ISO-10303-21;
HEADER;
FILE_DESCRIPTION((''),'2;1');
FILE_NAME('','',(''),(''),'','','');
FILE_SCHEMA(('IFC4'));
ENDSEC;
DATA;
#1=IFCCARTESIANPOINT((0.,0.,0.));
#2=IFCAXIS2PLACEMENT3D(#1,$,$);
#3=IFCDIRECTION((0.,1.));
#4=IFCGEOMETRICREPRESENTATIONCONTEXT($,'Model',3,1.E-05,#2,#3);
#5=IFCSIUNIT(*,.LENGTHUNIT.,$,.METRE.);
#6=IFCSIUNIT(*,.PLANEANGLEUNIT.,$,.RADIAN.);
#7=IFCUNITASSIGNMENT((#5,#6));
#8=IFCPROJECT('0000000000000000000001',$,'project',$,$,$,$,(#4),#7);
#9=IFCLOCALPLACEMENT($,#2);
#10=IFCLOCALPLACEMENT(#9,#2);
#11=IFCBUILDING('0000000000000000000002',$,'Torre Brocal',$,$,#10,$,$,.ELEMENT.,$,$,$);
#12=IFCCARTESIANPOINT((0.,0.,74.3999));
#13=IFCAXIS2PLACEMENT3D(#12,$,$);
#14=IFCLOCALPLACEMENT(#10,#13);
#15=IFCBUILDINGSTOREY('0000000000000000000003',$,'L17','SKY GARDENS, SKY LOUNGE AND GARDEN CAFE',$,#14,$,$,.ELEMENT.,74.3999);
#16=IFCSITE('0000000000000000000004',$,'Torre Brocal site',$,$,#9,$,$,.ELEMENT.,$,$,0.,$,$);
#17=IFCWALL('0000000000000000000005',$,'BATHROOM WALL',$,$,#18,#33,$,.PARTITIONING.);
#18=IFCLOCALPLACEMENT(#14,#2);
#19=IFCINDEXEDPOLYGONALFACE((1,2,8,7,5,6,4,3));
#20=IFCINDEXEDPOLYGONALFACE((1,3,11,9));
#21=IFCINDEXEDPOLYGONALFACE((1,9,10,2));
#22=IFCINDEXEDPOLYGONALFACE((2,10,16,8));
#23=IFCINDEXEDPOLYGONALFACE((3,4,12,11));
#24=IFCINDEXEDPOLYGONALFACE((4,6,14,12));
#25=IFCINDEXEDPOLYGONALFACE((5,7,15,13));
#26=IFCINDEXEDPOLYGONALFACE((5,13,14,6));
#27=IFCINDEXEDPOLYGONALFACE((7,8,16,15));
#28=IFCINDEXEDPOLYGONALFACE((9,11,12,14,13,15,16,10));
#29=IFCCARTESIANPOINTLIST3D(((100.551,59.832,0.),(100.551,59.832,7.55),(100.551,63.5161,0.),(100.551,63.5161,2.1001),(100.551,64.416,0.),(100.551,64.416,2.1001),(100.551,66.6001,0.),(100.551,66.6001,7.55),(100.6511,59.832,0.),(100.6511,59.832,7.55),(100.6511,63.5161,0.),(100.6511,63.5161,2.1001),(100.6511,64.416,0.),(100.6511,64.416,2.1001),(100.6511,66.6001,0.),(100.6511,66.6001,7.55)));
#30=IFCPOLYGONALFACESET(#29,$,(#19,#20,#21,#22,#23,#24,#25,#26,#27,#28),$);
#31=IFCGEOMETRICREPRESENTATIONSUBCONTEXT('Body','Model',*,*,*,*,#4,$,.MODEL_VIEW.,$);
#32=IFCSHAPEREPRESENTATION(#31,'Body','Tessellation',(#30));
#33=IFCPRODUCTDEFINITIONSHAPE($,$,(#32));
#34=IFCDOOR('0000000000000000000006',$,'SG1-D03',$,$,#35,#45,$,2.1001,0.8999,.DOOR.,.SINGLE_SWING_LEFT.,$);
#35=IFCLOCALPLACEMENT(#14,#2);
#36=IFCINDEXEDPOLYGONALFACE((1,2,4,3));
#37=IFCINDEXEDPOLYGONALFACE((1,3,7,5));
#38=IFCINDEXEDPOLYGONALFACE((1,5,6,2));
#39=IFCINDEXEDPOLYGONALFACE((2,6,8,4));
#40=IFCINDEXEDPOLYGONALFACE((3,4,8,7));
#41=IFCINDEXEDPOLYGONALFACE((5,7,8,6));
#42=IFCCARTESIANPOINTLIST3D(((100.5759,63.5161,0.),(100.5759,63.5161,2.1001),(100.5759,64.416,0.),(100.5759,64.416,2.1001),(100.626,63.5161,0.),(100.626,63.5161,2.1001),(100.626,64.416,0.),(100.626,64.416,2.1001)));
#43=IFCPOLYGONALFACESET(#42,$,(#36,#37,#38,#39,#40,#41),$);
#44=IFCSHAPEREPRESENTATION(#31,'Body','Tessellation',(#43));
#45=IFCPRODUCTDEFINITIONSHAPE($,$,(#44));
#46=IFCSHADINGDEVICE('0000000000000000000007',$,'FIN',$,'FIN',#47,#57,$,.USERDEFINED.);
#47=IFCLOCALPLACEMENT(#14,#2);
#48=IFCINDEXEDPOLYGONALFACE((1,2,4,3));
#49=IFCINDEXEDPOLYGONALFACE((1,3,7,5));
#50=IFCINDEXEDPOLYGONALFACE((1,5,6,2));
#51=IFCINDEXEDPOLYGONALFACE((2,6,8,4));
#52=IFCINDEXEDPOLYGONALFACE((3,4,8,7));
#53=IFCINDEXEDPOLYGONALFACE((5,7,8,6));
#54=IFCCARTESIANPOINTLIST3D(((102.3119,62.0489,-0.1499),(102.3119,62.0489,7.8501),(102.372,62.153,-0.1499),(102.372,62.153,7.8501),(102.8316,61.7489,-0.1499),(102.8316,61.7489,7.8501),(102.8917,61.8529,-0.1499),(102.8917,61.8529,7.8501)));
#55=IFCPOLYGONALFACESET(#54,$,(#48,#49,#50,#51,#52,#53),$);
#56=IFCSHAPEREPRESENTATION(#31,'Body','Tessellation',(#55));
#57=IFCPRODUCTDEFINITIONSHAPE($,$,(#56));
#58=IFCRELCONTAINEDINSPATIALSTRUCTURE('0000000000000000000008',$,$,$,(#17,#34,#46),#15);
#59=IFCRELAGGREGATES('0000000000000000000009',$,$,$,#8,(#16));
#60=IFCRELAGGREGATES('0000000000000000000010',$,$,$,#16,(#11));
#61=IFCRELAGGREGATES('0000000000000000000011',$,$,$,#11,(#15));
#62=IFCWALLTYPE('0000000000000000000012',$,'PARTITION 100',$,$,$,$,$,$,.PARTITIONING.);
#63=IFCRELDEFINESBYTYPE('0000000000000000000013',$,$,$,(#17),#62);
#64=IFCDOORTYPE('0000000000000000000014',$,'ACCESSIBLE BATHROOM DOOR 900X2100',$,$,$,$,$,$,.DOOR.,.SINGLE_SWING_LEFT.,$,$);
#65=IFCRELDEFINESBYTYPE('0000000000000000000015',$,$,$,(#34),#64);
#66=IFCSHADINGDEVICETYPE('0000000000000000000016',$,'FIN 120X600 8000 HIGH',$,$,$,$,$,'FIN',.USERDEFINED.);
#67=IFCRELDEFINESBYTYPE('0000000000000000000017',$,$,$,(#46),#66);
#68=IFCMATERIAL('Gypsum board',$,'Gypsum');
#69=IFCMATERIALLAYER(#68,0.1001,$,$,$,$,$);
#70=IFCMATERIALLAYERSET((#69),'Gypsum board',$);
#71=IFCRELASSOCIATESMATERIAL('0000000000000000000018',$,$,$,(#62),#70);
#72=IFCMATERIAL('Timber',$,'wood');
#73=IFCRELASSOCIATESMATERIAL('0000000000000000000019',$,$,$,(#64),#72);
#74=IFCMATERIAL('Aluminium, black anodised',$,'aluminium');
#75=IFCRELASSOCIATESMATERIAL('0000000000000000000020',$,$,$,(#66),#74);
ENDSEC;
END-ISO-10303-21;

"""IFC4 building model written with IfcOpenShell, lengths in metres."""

from ifc_helpers import new_model, si_unit, direction, frame, frame_2d, origin, origin_2d, place, context, subcontext, project, spatial, rectangle, extrude, material, layer, layer_set, material_profile, profile_set, type_object, element, fill, save


model = new_model("IFC4")

# Units and contexts
model_context = context("Model", 3, precision=1e-05, world=origin(), true_north=direction((0.0, 1.0)))
body_context = subcontext(model_context, "Body", "Model", "MODEL_VIEW")
ifc_project = project(units=[si_unit("LENGTHUNIT", "METRE"), si_unit("PLANEANGLEUNIT", "RADIAN")], contexts=[model_context])

# Site, building, storey
site_placement = place(None, origin())
site = spatial("IfcSite", under=ifc_project, at=site_placement, Name="Torre Brocal site", CompositionType="ELEMENT", RefElevation=0.0)
building_placement = place(site_placement, origin())
building = spatial("IfcBuilding", under=site, at=building_placement, Name="Torre Brocal", CompositionType="ELEMENT")
storey_placement = place(building_placement, frame((0.0, 0.0, 74.3999)))
storey = spatial("IfcBuildingStorey", under=building, at=storey_placement, Name="L17", Description="SKY GARDENS, SKY LOUNGE AND GARDEN CAFE", CompositionType="ELEMENT", Elevation=74.3999)

# Wall, opening, door
ifc_material_1 = material(Name="Gypsum board", Category="Gypsum")
ifc_layer_1 = layer(ifc_material_1, 0.1001)
ifc_layer_set_1 = layer_set([ifc_layer_1], Name="Gypsum board")
wall_type_1 = type_object("IfcWallType", Name="PARTITION 100", PredefinedType="PARTITIONING", material=ifc_layer_set_1)
wall_placement = place(storey_placement, frame((100.6011, 59.832, 0.0), z_axis=(0.0, 0.0, 1.0), x_axis=(0.0, 1.0, 0.0)))
wall = element("IfcWall", 1, at=wall_placement, inside=storey, type_object=wall_type_1, Name="BATHROOM WALL", PredefinedType="PARTITIONING", context=body_context, shape_type="SweptSolid", body=[
    extrude(rectangle(XDim=6.7681, YDim=0.1001, at=frame_2d((3.384, 0.0))), origin(), (0.0, 0.0, 1.0), 7.55),
])
opening_placement = place(wall_placement, frame((3.6841, 0.0, 0.0)))
opening = element("IfcOpeningElement", 2, at=opening_placement, cuts=wall, PredefinedType="OPENING", context=body_context, shape_type="SweptSolid", body=[
    extrude(rectangle(XDim=0.8999, YDim=2.1001, at=frame_2d((0.45, 1.05))), frame((0.0, 0.0601, 0.0), z_axis=(0.0, -1.0, 0.0), x_axis=(1.0, 0.0, 0.0)), (0.0, 0.0, 1.0), 0.1201),
])
ifc_material_2 = material(Name="Timber", Category="wood")
door_type = type_object("IfcDoorType", Name="ACCESSIBLE BATHROOM DOOR 900X2100", OperationType="SINGLE_SWING_LEFT", PredefinedType="DOOR", material=ifc_material_2)
door_placement = place(opening_placement, frame((0.8999, 0.0, 0.0), z_axis=(0.0, 0.0, 1.0), x_axis=(-1.0, 0.0, 0.0)))
door = element("IfcDoor", 3, at=door_placement, inside=storey, type_object=door_type, Name="SG1-D03", OperationType="SINGLE_SWING_LEFT", OverallHeight=2.1001, OverallWidth=0.8999, PredefinedType="DOOR", context=body_context, shape_type="SweptSolid", body=[
    extrude(rectangle(XDim=0.8999, YDim=2.1001, at=frame_2d((0.45, 1.05))), frame((0.0, 0.0249, 0.0), z_axis=(0.0, -1.0, 0.0), x_axis=(1.0, 0.0, 0.0)), (0.0, 0.0, 1.0), 0.05),
])
fill(opening, door)

# Shading device
ifc_material_3 = material(Name="Aluminium, black anodised", Category="aluminium")
ifc_material_profile_1 = material_profile(ifc_material_3, rectangle(XDim=0.1201, YDim=0.6001, at=origin_2d()), Name="FIN 120X600 8000 HIGH")
ifc_profile_set_1 = profile_set([ifc_material_profile_1], Name="Aluminium, black anodised")
shading_device_type = type_object("IfcShadingDeviceType", Name="FIN 120X600 8000 HIGH", ElementType="FIN", PredefinedType="USERDEFINED", material=ifc_profile_set_1)
shading_device_placement = place(storey_placement, frame((102.6018, 61.9509, -0.1499), z_axis=(0.0, 0.0, 1.0), x_axis=(0.5, 0.866025, 0.0)))
element("IfcShadingDevice", 4, at=shading_device_placement, inside=storey, type_object=shading_device_type, Name="FIN", ObjectType="FIN", PredefinedType="USERDEFINED", context=body_context, shape_type="SweptSolid", body=[
    extrude(rectangle(XDim=0.1201, YDim=0.6001, at=origin_2d()), origin(), (0.0, 0.0, 1.0), 8.0),
])

save(model, "model.ifc")
